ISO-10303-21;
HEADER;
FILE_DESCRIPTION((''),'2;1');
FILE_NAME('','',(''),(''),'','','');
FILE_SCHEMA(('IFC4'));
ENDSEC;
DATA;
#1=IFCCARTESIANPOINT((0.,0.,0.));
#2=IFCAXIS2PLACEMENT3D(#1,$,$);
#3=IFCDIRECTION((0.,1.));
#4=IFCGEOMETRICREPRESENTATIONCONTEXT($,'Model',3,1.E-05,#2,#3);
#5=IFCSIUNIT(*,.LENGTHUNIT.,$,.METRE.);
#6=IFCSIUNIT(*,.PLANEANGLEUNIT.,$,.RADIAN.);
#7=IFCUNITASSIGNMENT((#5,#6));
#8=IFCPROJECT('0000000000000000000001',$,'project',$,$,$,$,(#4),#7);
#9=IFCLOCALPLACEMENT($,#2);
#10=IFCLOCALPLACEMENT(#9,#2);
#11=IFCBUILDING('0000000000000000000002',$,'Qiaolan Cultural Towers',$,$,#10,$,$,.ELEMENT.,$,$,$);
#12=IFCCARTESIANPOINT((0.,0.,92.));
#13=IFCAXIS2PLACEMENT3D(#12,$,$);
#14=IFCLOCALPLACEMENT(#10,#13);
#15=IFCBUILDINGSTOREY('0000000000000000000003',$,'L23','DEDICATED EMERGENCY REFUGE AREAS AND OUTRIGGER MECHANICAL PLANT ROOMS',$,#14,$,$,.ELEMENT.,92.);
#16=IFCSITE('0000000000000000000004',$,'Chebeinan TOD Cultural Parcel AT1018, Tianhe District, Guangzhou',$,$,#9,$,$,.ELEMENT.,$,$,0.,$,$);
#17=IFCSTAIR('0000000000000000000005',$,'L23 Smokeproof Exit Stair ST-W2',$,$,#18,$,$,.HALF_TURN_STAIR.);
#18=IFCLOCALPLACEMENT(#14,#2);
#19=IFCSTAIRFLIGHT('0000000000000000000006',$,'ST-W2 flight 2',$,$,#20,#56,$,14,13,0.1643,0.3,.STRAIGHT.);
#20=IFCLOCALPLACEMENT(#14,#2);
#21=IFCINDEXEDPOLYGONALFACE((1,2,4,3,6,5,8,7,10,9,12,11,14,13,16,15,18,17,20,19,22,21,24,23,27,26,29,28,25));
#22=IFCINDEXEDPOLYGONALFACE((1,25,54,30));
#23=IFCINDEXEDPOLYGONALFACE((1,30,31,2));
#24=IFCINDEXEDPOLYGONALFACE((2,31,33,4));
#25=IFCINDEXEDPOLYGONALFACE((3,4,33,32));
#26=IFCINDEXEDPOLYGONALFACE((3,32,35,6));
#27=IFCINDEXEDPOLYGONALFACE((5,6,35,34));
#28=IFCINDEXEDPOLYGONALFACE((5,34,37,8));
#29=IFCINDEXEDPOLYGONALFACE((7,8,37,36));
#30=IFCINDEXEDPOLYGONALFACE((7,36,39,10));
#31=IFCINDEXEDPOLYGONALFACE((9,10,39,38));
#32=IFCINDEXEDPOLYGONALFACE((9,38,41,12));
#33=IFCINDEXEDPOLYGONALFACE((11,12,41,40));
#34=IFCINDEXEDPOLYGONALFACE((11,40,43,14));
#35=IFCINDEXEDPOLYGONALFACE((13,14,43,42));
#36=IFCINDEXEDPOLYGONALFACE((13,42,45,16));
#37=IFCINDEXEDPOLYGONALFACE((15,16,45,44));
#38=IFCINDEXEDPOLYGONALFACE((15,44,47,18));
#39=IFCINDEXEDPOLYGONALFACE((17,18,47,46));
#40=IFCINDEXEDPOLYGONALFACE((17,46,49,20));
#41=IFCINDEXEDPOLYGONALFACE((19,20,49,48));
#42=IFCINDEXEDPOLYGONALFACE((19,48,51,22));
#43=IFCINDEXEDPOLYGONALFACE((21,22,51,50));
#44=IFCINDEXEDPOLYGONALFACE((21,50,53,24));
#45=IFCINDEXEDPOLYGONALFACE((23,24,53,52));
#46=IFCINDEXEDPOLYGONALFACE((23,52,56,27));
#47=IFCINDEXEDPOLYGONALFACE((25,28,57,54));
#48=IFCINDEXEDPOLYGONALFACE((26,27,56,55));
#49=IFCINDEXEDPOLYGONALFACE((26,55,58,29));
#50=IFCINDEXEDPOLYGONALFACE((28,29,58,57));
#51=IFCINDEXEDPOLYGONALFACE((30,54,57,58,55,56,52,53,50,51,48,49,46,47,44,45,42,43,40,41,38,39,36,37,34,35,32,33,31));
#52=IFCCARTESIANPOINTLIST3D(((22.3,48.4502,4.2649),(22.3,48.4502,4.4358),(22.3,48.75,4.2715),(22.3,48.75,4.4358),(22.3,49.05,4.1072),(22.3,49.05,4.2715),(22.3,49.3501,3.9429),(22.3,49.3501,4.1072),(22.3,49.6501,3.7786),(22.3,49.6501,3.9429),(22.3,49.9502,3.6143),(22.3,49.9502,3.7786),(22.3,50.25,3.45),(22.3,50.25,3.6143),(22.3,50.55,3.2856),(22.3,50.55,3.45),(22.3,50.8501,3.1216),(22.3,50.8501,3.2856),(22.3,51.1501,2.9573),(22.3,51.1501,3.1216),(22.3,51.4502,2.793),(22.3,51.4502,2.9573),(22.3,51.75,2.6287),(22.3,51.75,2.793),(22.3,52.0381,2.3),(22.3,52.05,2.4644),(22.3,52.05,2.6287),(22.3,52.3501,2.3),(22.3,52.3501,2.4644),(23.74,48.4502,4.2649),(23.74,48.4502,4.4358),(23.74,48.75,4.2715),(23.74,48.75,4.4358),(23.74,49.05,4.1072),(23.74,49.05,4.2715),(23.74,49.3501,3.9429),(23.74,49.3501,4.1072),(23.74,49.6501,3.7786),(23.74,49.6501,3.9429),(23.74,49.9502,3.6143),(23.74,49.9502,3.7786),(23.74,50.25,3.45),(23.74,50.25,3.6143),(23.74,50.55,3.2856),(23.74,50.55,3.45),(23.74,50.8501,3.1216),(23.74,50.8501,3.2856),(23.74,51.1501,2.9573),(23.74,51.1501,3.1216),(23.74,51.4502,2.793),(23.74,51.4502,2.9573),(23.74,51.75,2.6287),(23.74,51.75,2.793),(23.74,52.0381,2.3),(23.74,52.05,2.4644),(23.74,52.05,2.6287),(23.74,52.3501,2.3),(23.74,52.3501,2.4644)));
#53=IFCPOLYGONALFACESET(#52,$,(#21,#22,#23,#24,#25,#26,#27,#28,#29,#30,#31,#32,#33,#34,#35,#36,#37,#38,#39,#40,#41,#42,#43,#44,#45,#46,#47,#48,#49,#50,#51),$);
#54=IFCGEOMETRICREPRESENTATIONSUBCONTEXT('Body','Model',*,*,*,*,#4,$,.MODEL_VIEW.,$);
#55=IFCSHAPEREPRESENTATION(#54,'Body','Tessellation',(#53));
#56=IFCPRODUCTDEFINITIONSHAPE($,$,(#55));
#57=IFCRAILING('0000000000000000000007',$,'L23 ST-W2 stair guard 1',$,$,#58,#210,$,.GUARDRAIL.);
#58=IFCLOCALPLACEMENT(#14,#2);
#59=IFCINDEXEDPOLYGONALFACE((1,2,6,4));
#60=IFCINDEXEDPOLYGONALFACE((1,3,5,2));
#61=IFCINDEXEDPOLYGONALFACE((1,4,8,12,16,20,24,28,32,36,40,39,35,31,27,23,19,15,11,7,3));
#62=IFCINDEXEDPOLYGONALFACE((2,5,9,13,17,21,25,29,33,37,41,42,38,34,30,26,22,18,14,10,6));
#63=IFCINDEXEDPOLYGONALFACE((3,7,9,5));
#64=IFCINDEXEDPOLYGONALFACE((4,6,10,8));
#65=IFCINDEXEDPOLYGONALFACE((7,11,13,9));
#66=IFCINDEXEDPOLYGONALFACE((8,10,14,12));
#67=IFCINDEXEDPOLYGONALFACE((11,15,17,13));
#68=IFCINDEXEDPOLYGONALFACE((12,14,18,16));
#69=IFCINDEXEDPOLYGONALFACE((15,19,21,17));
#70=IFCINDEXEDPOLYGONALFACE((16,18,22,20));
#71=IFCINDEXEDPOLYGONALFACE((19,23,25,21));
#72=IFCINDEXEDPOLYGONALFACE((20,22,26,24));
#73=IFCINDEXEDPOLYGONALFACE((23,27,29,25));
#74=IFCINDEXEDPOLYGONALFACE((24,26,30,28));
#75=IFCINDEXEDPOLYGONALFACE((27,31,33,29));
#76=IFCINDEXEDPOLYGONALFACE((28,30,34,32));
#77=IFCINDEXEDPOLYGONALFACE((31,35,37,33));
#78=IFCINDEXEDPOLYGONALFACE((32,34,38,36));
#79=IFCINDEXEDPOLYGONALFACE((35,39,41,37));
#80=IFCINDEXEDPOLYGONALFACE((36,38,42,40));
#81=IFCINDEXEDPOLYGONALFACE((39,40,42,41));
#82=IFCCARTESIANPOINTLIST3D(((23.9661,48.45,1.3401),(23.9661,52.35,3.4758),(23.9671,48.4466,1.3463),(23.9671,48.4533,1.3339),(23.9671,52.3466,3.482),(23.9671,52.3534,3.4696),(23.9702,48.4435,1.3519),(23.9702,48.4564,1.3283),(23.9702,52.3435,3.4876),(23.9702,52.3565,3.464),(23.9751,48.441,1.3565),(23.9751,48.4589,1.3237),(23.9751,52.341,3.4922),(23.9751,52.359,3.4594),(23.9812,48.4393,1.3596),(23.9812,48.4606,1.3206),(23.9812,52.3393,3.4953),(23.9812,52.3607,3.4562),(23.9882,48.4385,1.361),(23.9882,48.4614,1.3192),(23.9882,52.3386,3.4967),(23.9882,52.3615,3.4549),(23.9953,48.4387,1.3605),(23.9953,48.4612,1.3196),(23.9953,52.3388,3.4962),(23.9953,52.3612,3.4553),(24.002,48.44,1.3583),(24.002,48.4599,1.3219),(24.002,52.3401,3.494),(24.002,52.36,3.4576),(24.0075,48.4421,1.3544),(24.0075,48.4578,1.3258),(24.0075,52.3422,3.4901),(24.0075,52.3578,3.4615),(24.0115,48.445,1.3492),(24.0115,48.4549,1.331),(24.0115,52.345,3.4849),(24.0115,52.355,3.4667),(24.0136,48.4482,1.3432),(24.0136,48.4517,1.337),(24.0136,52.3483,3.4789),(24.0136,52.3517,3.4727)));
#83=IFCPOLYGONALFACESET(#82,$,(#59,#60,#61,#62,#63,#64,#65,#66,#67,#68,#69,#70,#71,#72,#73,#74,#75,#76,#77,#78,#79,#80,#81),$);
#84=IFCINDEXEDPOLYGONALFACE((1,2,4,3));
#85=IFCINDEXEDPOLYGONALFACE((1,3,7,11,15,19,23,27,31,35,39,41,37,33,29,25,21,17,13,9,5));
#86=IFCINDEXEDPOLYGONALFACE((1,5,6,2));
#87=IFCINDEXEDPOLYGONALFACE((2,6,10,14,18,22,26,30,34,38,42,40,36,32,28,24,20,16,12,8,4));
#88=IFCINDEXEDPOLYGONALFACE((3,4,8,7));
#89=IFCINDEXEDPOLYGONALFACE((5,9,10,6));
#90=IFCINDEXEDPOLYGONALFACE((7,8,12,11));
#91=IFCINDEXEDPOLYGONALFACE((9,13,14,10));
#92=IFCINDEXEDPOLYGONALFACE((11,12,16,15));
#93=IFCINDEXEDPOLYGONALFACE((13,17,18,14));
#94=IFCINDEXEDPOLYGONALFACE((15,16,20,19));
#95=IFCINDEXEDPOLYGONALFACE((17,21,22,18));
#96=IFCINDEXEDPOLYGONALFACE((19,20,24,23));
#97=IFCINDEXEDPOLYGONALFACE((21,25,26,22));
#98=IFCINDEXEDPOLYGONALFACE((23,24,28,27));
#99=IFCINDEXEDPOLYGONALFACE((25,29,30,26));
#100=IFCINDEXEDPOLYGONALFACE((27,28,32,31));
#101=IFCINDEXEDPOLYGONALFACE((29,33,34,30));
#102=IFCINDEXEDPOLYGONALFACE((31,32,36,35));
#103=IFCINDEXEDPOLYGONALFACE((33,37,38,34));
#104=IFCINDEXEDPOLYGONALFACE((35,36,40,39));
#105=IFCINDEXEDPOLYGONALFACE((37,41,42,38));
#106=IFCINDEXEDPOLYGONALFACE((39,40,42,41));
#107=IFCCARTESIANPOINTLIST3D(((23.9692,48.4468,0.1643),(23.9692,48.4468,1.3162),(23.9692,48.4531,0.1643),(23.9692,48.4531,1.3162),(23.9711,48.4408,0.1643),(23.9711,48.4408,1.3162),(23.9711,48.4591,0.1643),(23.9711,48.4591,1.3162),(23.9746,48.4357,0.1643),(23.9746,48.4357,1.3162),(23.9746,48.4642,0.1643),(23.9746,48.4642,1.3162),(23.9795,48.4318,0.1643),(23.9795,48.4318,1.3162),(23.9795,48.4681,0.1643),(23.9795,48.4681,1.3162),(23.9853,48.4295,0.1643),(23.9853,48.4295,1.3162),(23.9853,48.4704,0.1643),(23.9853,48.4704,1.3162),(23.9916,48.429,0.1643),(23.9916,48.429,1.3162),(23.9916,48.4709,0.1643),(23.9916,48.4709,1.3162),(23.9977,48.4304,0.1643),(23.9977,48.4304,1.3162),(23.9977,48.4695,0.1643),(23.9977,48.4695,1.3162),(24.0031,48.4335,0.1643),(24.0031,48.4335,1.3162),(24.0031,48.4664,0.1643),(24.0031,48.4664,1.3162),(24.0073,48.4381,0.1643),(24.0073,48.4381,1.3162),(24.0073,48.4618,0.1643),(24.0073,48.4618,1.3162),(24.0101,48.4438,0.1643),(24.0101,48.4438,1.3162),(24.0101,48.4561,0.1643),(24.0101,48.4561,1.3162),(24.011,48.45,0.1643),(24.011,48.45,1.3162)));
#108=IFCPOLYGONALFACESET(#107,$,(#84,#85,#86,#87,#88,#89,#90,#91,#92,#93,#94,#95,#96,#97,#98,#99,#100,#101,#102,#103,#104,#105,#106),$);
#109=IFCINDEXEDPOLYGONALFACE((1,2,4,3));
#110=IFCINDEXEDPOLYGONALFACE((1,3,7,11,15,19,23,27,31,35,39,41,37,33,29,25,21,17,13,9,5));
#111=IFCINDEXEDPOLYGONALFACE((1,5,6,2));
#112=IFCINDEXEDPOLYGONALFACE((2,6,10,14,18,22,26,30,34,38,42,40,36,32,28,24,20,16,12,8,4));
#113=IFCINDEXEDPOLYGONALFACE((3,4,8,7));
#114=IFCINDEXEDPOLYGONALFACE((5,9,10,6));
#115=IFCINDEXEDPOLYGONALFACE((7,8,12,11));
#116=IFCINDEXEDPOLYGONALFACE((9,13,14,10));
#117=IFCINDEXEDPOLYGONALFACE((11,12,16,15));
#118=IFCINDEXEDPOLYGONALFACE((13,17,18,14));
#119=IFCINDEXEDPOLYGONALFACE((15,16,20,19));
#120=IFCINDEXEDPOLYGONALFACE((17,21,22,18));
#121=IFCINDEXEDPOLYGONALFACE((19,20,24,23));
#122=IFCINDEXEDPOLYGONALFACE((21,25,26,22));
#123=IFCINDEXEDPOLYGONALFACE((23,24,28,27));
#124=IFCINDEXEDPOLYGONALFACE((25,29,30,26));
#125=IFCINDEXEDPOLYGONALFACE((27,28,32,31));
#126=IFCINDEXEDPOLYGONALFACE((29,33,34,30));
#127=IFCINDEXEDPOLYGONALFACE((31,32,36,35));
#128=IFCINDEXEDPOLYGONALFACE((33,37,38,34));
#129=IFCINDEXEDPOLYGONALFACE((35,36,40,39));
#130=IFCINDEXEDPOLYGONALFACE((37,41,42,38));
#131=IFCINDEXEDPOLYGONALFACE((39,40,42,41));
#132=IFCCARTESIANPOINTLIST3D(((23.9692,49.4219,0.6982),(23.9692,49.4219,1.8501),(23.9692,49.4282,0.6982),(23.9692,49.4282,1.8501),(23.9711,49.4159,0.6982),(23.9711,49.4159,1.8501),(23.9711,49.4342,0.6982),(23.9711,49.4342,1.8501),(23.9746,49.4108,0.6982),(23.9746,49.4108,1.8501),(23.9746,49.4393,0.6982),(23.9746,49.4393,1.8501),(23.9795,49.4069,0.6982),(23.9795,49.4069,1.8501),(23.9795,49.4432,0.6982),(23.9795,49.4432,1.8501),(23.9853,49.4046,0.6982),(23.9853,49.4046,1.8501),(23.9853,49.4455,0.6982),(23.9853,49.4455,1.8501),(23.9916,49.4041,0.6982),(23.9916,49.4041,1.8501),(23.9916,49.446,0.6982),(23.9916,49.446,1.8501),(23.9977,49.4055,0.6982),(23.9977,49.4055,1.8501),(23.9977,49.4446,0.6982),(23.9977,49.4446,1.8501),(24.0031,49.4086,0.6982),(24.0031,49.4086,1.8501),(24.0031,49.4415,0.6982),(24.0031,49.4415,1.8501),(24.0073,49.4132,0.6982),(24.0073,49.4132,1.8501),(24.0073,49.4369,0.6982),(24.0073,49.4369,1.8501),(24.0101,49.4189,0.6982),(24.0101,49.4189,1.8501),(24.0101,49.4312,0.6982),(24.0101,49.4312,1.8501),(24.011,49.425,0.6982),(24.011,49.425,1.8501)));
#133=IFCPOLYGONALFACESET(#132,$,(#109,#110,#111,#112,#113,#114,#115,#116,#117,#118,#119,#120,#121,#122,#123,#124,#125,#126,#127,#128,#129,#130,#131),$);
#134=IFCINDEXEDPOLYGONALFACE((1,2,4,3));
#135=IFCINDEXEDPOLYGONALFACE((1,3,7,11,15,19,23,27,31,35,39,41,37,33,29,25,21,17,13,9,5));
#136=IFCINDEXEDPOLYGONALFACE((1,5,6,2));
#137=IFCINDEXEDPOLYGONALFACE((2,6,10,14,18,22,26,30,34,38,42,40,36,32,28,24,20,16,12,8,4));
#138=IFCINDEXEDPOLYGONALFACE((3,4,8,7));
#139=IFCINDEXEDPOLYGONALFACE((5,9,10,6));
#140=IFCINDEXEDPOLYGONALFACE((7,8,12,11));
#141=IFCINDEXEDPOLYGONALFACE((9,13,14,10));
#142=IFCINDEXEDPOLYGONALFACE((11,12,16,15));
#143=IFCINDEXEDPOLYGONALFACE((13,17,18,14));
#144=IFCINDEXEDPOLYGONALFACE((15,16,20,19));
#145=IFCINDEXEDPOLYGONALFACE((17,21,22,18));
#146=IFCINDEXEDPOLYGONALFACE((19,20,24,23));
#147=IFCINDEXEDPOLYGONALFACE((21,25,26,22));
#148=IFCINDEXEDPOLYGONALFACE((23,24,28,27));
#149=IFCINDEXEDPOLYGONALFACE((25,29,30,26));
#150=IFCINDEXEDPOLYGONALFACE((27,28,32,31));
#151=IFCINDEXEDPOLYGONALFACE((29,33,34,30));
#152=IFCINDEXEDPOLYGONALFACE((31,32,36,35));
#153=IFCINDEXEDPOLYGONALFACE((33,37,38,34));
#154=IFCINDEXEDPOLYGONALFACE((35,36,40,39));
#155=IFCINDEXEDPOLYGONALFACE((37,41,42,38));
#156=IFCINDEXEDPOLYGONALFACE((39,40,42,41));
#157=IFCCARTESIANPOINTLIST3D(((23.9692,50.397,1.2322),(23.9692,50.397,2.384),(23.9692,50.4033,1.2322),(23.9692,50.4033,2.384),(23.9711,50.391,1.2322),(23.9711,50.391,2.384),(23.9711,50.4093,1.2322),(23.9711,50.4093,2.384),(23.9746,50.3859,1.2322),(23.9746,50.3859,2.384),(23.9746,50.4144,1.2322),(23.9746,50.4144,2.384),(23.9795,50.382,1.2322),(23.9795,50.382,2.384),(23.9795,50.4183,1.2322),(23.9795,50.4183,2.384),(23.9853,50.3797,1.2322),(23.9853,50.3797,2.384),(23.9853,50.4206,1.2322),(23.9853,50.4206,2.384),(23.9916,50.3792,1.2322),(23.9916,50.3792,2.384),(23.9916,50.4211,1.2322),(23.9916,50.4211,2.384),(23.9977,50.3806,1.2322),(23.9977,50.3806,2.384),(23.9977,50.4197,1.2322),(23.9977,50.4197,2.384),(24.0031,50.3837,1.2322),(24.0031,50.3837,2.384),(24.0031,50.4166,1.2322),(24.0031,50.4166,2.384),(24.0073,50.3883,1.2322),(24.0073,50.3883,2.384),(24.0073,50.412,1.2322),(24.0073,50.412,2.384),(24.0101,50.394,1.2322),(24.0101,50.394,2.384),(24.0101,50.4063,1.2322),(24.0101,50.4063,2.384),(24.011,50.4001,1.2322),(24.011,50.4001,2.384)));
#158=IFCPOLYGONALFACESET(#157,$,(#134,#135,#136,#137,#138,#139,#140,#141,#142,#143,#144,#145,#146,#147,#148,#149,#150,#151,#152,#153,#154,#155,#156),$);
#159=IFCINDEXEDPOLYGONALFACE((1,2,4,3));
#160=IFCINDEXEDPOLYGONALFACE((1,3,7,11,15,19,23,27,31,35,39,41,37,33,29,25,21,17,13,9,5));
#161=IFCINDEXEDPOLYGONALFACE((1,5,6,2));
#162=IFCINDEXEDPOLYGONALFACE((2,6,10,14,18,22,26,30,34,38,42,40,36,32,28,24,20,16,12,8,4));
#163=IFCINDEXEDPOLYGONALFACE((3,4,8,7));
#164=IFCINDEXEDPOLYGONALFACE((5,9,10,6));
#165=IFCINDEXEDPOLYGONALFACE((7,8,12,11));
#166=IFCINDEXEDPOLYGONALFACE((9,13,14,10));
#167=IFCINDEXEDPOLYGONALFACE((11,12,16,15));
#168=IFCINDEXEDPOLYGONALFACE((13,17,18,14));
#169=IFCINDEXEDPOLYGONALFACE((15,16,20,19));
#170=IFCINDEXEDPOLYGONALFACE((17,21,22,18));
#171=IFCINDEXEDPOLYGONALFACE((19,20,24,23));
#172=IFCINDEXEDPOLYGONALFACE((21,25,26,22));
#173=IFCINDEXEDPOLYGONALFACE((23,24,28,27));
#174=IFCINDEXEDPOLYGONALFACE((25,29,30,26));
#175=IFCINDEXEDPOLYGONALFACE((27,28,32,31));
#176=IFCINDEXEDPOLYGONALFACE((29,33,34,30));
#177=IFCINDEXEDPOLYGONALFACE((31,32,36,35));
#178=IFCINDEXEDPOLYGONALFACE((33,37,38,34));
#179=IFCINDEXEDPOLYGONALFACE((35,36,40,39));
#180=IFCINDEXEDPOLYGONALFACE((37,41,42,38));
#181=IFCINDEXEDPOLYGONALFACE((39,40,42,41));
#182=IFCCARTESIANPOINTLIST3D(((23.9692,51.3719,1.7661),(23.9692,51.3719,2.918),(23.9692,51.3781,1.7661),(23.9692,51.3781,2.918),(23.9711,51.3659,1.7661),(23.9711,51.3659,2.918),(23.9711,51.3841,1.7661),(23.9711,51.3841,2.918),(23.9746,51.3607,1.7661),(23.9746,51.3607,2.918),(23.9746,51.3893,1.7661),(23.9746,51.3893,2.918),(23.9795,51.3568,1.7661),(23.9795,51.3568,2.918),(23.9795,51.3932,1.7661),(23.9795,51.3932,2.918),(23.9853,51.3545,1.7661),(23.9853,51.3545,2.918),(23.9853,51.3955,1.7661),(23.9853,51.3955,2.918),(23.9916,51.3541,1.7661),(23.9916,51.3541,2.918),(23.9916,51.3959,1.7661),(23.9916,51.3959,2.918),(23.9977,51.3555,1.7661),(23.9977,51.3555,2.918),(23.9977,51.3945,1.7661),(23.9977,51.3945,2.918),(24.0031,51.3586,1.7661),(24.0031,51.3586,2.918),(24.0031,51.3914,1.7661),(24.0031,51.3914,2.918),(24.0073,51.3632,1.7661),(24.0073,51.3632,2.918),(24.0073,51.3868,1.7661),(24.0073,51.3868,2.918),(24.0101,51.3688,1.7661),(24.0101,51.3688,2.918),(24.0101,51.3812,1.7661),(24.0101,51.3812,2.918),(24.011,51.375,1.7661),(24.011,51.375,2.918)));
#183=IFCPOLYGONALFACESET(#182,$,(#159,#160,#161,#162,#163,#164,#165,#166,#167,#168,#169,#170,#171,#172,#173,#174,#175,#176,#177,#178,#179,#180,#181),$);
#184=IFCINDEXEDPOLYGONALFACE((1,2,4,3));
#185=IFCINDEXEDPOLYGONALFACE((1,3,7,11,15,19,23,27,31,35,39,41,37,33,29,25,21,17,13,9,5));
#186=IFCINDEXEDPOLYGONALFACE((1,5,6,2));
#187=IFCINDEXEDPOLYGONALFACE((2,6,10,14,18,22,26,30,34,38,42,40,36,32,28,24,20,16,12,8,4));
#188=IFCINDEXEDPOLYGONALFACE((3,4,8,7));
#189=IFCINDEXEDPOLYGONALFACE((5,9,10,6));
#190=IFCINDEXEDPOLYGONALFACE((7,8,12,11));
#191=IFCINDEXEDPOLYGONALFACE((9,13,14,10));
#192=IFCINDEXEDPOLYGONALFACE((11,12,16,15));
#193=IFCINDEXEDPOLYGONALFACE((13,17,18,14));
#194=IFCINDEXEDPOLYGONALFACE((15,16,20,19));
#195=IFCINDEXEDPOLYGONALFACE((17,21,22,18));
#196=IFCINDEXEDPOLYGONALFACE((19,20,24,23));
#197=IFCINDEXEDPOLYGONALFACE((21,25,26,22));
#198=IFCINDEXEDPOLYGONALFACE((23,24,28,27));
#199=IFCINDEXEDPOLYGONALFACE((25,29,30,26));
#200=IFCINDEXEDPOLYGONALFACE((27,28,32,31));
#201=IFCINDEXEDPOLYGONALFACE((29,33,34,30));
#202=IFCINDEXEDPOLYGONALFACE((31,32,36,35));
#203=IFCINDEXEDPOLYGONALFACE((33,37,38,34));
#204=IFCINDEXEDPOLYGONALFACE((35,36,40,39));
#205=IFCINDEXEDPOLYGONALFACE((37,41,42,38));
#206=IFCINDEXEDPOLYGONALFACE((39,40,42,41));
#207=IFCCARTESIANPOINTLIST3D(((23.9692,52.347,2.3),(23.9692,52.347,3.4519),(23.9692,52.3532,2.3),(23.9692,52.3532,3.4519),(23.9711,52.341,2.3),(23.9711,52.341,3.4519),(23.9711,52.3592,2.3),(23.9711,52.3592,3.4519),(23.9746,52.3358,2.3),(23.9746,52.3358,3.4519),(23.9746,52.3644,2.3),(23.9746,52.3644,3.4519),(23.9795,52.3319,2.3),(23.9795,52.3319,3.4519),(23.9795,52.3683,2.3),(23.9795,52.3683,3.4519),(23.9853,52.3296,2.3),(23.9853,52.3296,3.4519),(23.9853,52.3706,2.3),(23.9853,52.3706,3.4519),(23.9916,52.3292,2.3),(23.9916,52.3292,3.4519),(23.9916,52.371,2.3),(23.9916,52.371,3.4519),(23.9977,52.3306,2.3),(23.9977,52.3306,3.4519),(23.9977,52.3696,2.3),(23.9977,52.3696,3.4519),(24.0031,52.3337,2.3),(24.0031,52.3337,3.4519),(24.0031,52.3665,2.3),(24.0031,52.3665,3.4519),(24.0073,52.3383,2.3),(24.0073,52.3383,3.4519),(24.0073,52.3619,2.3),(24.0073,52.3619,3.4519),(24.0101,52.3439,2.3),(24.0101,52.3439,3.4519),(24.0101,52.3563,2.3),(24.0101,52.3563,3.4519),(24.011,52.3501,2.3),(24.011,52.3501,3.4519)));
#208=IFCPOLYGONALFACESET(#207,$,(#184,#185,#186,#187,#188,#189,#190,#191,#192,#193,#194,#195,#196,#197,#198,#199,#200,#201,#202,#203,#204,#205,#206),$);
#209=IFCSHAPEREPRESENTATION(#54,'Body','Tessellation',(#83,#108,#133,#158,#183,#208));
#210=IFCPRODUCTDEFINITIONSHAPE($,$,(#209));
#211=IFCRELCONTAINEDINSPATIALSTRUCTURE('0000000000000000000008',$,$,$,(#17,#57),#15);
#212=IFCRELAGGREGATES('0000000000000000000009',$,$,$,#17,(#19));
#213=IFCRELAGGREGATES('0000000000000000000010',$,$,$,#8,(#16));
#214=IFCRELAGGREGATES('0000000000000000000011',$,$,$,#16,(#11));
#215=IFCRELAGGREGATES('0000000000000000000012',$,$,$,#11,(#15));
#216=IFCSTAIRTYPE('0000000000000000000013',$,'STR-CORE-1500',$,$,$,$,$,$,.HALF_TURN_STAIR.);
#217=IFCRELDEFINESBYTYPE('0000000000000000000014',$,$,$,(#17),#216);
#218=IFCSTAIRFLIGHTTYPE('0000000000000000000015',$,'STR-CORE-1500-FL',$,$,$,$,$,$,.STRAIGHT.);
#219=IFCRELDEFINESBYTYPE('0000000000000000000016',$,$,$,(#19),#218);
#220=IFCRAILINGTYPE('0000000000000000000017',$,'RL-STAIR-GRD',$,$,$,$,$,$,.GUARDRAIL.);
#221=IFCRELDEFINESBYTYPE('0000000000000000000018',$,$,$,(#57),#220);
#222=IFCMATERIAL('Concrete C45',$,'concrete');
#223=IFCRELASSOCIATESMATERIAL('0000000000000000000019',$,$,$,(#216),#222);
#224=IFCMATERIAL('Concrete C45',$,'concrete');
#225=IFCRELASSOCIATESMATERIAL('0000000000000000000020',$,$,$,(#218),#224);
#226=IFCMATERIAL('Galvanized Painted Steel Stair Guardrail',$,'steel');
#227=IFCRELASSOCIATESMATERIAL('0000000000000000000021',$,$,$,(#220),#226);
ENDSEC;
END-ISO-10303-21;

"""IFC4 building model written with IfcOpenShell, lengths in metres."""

from ifc_helpers import new_model, si_unit, direction, frame, origin, origin_2d, place, context, subcontext, project, spatial, polyline, circle, outline, extrude, material, type_object, element, aggregate, save


model = new_model("IFC4")

# Units and contexts
model_context = context("Model", 3, precision=1e-05, world=origin(), true_north=direction((0.0, 1.0)))
body_context = subcontext(model_context, "Body", "Model", "MODEL_VIEW")
ifc_project = project(units=[si_unit("LENGTHUNIT", "METRE"), si_unit("PLANEANGLEUNIT", "RADIAN")], contexts=[model_context])

# Site, building, storey
site_placement = place(None, origin())
site = spatial("IfcSite", under=ifc_project, at=site_placement, Name="Chebeinan TOD Cultural Parcel AT1018, Tianhe District, Guangzhou", CompositionType="ELEMENT", RefElevation=0.0)
building_placement = place(site_placement, origin())
building = spatial("IfcBuilding", under=site, at=building_placement, Name="Qiaolan Cultural Towers", CompositionType="ELEMENT")
storey_placement = place(building_placement, frame((0.0, 0.0, 92.0)))
storey = spatial("IfcBuildingStorey", under=building, at=storey_placement, Name="L23", Description="DEDICATED EMERGENCY REFUGE AREAS AND OUTRIGGER MECHANICAL PLANT ROOMS", CompositionType="ELEMENT", Elevation=92.0)

# Stair, stair flight
ifc_material_1 = material(Name="Concrete C45", Category="concrete")
stair_type = type_object("IfcStairType", Name="STR-CORE-1500", PredefinedType="HALF_TURN_STAIR", material=ifc_material_1)
stair_placement = place(storey_placement, origin())
stair = element("IfcStair", 1, at=stair_placement, inside=storey, type_object=stair_type, Name="L23 Smokeproof Exit Stair ST-W2", PredefinedType="HALF_TURN_STAIR")
ifc_material_2 = material(Name="Concrete C45", Category="concrete")
stair_flight_type = type_object("IfcStairFlightType", Name="STR-CORE-1500-FL", PredefinedType="STRAIGHT", material=ifc_material_2)
stair_flight_1_placement = place(storey_placement, frame((23.02, 52.3501, 2.3), z_axis=(0.0, 0.0, 1.0), x_axis=(0.0, -1.0, 0.0)))
stair_flight_1 = element("IfcStairFlight", 2, at=stair_flight_1_placement, type_object=stair_flight_type, Name="ST-W2 flight 2", NumberOfRisers=14, NumberOfTreads=13, PredefinedType="STRAIGHT", RiserHeight=0.1643, TreadLength=0.3, context=body_context, shape_type="SweptSolid", body=[
    extrude(outline(polyline([(0.0, 0.0), (0.0, 0.1643), (0.3, 0.1643), (0.3, 0.3286), (0.6001, 0.3286), (0.6001, 0.4929), (0.8999, 0.4929), (0.8999, 0.6572), (1.2, 0.6572), (1.2, 0.8215), (1.5, 0.8215), (1.5, 0.9856), (1.8, 0.9856), (1.8, 1.1499), (2.1001, 1.1499), (2.1001, 1.3142), (2.3999, 1.3142), (2.3999, 1.4785), (2.7, 1.4785), (2.7, 1.6428), (3.0, 1.6428), (3.0, 1.8071), (3.3, 1.8071), (3.3, 1.9714), (3.6001, 1.9714), (3.6001, 2.1357), (3.8999, 2.1357), (3.8999, 2.3), (3.8999, 1.9648), (0.312, 0.0), (0.0, 0.0)])), frame((0.0, 0.72, 0.0), z_axis=(0.0, -1.0, 0.0), x_axis=(1.0, 0.0, 0.0)), (0.0, 0.0, 1.0), 1.4399),
])
aggregate(stair, [stair_flight_1])

# Railing
ifc_material_3 = material(Name="Galvanized Painted Steel Stair Guardrail", Category="steel")
railing_type_1 = type_object("IfcRailingType", Name="RL-STAIR-GRD", PredefinedType="GUARDRAIL", material=ifc_material_3)
railing_1_placement = place(storey_placement, frame((23.99, 48.45, 0.1643)))
element("IfcRailing", 3, at=railing_1_placement, inside=storey, type_object=railing_type_1, Name="L23 ST-W2 stair guard 1", PredefinedType="GUARDRAIL", context=body_context, shape_type="SweptSolid", body=[
    extrude(circle(Radius=0.0239, at=origin_2d()), frame((0.0, 0.0, 1.1758), z_axis=(0.0, 0.877101, 0.480306), x_axis=(-1.0, 0.0, 0.0)), (0.0, 0.0, 1.0), 4.4465),
    extrude(circle(Radius=0.021, at=origin_2d()), origin(), (0.0, 0.0, 1.0), 1.1519),
    extrude(circle(Radius=0.021, at=origin_2d()), frame((0.0, 0.9751, 0.5339)), (0.0, 0.0, 1.0), 1.1519),
    extrude(circle(Radius=0.021, at=origin_2d()), frame((0.0, 1.9502, 1.0679)), (0.0, 0.0, 1.0), 1.1519),
    extrude(circle(Radius=0.021, at=origin_2d()), frame((0.0, 2.925, 1.6018)), (0.0, 0.0, 1.0), 1.1519),
    extrude(circle(Radius=0.021, at=origin_2d()), frame((0.0, 3.9001, 2.1357)), (0.0, 0.0, 1.0), 1.1519),
])

save(model, "model.ifc")
